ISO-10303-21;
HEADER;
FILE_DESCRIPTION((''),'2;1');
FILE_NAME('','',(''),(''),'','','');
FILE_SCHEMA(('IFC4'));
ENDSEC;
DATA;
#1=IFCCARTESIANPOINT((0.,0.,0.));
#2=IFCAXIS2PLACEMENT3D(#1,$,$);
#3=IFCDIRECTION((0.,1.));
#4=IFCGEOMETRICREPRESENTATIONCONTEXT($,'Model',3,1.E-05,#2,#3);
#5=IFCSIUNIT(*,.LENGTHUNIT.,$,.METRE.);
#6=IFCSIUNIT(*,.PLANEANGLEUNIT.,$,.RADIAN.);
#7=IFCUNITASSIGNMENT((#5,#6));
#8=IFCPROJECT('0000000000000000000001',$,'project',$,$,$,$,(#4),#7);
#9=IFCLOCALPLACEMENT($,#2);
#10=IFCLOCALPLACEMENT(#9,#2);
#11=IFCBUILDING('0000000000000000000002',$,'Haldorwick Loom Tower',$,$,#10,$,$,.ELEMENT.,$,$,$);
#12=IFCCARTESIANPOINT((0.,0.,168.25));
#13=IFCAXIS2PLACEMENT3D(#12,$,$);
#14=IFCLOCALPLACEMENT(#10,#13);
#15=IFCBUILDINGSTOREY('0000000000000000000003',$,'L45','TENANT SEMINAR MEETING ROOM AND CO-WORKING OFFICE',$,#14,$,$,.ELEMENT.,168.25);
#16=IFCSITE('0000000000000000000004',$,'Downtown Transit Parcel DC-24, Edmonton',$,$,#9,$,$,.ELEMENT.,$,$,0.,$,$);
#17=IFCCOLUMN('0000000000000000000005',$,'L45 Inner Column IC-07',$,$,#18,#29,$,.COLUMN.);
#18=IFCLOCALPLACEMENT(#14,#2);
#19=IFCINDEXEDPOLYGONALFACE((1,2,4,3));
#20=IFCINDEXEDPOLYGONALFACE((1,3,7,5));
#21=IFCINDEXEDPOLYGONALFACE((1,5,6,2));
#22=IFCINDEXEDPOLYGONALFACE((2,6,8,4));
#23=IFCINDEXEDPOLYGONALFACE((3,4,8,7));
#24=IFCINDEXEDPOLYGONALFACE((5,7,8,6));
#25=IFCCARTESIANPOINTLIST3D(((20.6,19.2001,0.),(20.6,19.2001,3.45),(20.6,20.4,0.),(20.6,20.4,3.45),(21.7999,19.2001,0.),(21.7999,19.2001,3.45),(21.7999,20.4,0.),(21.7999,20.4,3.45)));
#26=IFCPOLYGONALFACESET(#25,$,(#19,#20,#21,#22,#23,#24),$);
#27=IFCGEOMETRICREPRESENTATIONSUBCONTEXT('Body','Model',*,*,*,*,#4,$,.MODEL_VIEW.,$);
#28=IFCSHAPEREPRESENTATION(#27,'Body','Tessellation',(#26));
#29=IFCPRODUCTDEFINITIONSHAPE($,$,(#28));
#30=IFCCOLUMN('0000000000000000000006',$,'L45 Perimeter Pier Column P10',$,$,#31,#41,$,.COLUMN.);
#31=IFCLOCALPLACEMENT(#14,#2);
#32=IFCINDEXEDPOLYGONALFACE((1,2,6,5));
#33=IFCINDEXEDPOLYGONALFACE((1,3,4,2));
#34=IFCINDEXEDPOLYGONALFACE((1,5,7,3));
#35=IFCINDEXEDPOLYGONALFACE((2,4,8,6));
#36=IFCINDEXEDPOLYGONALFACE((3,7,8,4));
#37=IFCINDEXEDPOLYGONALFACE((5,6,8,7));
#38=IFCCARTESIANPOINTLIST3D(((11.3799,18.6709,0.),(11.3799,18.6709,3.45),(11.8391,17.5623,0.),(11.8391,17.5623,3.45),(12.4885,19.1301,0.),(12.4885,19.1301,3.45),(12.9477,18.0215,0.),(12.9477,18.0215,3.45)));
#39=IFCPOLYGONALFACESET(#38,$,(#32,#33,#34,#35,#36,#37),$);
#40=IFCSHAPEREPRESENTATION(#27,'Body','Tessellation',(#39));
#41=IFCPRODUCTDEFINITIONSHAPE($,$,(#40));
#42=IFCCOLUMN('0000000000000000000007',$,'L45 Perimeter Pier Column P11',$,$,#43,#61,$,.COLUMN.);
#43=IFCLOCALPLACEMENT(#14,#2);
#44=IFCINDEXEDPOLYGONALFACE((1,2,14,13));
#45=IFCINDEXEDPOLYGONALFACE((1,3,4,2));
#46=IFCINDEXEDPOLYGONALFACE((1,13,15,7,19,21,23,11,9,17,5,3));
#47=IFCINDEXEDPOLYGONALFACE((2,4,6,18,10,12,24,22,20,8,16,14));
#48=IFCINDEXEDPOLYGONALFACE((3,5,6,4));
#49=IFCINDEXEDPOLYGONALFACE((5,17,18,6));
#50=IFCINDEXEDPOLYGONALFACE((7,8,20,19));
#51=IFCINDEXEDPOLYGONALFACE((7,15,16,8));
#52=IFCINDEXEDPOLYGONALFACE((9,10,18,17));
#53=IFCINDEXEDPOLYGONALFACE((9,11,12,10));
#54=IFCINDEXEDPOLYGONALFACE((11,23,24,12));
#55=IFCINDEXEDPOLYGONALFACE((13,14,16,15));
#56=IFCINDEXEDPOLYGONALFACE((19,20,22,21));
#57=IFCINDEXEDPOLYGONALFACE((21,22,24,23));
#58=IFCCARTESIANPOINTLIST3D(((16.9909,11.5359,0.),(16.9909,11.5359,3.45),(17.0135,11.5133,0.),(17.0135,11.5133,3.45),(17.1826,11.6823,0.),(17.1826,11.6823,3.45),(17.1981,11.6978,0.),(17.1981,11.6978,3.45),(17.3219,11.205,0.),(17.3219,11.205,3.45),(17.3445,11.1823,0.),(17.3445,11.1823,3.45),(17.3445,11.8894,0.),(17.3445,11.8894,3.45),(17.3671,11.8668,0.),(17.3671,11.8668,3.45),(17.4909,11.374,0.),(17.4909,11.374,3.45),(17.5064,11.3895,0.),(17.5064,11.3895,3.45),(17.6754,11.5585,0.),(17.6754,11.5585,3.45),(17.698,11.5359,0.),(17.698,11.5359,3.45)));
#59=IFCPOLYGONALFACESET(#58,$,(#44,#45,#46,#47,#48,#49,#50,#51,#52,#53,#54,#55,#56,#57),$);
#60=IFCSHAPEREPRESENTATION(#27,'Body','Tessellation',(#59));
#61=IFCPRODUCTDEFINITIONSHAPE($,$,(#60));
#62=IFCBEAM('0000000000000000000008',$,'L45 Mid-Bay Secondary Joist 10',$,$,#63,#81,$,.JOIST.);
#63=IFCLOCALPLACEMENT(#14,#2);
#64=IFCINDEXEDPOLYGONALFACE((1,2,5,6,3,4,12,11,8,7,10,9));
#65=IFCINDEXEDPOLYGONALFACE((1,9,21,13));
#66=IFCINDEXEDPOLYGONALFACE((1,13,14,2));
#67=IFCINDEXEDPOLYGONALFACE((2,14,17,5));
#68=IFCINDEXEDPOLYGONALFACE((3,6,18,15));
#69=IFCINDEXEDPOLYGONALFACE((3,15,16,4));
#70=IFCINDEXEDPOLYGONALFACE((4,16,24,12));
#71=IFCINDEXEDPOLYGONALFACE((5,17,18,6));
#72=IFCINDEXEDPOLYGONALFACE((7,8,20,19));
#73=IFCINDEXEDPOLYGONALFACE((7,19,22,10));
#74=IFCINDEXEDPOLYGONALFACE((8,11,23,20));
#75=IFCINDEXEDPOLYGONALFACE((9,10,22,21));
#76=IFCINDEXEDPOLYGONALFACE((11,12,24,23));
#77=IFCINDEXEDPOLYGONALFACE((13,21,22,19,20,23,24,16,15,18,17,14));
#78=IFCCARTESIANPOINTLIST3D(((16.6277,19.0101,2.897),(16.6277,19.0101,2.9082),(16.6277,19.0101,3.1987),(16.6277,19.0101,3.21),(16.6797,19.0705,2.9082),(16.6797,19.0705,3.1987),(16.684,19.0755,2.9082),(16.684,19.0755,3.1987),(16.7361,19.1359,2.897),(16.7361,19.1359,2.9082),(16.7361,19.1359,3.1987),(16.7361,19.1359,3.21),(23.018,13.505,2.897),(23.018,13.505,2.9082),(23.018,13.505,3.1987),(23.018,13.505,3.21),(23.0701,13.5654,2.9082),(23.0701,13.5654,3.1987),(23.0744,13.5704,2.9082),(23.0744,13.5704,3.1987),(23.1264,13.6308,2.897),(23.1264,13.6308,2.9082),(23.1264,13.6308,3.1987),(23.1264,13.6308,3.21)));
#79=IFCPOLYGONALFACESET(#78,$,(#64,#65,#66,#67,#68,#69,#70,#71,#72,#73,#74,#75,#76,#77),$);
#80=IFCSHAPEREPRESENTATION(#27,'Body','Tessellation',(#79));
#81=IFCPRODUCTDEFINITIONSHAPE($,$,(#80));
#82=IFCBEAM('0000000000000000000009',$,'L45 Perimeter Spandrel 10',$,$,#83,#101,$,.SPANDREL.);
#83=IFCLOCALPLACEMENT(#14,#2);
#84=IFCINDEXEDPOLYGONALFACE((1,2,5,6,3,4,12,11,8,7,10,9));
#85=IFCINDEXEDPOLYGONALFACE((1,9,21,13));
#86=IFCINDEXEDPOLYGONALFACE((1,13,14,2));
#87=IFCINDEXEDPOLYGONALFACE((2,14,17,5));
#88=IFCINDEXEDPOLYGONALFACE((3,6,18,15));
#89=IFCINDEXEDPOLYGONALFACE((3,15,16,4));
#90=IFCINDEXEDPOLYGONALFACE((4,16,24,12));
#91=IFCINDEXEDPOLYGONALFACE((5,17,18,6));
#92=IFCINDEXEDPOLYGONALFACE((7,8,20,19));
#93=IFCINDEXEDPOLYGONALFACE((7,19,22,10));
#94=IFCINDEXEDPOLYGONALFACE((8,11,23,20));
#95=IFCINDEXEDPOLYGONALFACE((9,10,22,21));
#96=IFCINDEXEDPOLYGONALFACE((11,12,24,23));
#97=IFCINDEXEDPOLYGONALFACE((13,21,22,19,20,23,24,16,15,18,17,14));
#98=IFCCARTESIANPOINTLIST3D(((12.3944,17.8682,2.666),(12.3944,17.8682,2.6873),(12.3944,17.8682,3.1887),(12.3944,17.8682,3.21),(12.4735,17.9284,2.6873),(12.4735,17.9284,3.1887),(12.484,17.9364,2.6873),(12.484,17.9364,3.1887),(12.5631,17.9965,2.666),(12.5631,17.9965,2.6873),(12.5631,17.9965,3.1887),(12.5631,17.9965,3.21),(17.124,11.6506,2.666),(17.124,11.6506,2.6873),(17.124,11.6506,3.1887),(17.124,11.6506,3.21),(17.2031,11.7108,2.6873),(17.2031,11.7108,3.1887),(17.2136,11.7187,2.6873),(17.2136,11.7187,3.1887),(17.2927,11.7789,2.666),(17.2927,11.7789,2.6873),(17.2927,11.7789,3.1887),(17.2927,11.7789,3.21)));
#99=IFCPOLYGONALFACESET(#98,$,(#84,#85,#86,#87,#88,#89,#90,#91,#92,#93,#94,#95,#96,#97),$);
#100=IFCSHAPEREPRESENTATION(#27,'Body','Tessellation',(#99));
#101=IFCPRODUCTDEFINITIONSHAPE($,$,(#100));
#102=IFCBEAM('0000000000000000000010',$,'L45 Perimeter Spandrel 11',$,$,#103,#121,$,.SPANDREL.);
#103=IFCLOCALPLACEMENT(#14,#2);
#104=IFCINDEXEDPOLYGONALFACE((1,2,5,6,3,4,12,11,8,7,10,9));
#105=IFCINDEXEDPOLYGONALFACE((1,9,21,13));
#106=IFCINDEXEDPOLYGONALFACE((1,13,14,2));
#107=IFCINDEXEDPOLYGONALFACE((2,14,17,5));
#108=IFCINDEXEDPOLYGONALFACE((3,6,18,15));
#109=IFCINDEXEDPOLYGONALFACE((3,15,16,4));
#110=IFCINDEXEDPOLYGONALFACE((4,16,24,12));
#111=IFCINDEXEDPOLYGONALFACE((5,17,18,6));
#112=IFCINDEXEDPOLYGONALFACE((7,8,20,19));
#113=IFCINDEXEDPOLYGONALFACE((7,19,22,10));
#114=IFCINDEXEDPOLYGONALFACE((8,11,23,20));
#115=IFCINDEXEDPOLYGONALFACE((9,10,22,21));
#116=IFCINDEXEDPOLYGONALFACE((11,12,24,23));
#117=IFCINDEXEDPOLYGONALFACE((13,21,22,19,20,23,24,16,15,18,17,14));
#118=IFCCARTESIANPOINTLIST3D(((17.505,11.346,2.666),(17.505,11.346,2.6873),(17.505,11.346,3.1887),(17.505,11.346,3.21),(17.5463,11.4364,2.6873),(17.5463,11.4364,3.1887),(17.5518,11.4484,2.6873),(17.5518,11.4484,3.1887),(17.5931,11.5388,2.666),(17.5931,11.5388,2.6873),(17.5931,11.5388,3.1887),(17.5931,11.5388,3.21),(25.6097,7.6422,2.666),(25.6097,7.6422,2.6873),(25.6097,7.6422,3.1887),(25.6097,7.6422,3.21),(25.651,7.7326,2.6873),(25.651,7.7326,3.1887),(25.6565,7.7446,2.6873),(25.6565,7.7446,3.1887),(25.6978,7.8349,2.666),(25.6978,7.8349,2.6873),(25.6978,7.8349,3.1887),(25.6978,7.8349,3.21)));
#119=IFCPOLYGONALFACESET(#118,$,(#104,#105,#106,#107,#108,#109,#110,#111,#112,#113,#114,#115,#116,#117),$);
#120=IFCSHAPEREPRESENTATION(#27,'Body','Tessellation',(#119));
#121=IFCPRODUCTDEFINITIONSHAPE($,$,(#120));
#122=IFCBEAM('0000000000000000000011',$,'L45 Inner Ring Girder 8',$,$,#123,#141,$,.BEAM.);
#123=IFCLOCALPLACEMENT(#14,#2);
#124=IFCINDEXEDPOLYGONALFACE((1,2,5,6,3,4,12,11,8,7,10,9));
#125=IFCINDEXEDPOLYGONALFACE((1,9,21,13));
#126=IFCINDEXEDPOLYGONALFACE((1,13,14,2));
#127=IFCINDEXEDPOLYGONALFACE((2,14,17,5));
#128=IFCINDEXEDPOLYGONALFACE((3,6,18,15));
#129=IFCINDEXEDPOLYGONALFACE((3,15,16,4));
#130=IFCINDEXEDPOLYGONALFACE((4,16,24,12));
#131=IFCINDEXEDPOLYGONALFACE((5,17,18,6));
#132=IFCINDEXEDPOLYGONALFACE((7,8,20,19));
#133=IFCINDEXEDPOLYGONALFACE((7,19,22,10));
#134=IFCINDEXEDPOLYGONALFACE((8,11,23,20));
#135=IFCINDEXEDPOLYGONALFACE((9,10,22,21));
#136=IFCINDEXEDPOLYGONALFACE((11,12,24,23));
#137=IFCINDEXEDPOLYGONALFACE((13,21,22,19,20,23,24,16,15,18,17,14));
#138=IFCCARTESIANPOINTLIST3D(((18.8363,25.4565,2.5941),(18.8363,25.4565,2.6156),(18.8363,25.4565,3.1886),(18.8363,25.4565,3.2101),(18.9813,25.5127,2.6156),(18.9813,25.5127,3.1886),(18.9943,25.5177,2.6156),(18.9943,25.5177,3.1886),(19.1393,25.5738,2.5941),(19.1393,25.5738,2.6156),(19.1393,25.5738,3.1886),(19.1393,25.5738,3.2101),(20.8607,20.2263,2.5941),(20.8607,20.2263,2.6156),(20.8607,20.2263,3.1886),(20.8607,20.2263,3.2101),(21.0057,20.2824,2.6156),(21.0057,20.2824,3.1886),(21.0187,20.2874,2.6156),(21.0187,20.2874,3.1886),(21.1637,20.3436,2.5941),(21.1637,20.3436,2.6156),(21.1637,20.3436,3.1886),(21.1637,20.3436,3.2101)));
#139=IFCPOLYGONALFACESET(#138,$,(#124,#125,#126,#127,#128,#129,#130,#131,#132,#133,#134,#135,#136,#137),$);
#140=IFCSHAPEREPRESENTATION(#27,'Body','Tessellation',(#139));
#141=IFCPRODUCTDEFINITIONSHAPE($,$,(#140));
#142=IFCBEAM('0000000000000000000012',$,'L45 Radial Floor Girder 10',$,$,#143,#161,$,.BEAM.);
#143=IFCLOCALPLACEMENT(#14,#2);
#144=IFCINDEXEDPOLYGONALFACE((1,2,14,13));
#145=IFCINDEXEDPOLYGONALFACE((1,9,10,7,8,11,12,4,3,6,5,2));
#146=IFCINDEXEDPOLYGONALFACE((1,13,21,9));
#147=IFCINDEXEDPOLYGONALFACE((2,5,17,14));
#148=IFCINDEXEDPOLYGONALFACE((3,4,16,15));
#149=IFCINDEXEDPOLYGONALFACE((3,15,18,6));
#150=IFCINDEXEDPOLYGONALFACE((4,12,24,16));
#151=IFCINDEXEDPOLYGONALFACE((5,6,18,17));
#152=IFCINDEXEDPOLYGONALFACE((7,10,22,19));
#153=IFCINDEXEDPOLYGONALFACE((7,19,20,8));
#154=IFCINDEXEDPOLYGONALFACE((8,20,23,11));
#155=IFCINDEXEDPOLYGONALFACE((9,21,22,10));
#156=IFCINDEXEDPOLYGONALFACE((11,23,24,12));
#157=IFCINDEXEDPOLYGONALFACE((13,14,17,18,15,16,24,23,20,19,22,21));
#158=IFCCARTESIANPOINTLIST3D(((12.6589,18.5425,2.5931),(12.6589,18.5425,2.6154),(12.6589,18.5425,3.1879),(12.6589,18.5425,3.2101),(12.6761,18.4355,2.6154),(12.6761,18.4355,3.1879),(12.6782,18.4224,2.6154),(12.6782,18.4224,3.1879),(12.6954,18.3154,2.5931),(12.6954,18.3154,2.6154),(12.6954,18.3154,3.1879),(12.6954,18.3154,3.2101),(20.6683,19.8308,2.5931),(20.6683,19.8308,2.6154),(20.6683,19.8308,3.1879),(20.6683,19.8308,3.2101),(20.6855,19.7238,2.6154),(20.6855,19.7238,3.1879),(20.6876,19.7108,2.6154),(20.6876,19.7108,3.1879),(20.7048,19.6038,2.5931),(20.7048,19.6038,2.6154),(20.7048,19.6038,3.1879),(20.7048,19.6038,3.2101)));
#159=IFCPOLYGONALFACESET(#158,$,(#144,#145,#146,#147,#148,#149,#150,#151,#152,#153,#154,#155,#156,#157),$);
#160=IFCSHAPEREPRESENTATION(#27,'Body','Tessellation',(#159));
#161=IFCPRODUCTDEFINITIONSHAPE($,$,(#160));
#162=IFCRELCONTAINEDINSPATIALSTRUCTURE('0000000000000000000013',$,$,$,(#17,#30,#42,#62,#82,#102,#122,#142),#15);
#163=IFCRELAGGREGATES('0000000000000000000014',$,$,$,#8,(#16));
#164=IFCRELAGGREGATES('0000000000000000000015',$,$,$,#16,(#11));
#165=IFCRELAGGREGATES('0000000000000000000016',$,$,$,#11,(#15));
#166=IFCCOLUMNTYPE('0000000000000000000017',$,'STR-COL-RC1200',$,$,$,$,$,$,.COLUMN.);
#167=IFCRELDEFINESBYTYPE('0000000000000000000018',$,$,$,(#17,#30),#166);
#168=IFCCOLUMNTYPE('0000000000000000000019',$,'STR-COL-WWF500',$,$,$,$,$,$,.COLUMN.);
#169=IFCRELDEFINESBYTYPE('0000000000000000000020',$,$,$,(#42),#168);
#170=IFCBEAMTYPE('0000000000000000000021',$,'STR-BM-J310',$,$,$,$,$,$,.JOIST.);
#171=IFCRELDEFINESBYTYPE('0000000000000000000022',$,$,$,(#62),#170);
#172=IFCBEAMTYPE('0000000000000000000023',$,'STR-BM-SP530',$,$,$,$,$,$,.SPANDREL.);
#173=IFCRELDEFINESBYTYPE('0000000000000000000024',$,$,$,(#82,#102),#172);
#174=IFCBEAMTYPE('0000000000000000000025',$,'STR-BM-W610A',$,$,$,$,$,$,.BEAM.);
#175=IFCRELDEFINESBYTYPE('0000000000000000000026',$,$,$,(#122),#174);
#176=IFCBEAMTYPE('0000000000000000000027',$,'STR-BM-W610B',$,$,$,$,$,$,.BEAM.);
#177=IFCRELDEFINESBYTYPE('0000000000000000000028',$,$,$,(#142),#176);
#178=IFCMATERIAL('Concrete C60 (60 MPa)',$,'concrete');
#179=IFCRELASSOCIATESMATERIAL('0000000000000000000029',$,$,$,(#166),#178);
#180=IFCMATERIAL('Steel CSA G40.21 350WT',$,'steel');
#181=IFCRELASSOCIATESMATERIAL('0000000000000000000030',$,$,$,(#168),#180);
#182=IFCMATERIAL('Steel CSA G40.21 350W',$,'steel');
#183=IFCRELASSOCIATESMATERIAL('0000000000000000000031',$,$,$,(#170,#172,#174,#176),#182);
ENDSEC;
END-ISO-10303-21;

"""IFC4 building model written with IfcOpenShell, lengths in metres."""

from ifc_helpers import new_model, si_unit, direction, frame, origin, origin_2d, place, context, subcontext, project, spatial, rectangle, i_section, extrude, material, material_profile, profile_set, type_object, element, save


model = new_model("IFC4")

# Units and contexts
model_context = context("Model", 3, precision=1e-05, world=origin(), true_north=direction((0.0, 1.0)))
body_context = subcontext(model_context, "Body", "Model", "MODEL_VIEW")
ifc_project = project(units=[si_unit("LENGTHUNIT", "METRE"), si_unit("PLANEANGLEUNIT", "RADIAN")], contexts=[model_context])

# Site, building, storey
site_placement = place(None, origin())
site = spatial("IfcSite", under=ifc_project, at=site_placement, Name="Downtown Transit Parcel DC-24, Edmonton", CompositionType="ELEMENT", RefElevation=0.0)
building_placement = place(site_placement, origin())
building = spatial("IfcBuilding", under=site, at=building_placement, Name="Haldorwick Loom Tower", CompositionType="ELEMENT")
storey_placement = place(building_placement, frame((0.0, 0.0, 168.25)))
storey = spatial("IfcBuildingStorey", under=building, at=storey_placement, Name="L45", Description="TENANT SEMINAR MEETING ROOM AND CO-WORKING OFFICE", CompositionType="ELEMENT", Elevation=168.25)

# Columns
ifc_material_1 = material(Name="Concrete C60 (60 MPa)", Category="concrete")
ifc_material_profile_1 = material_profile(ifc_material_1, rectangle(XDim=1.2, YDim=1.2, at=origin_2d()), Name="RC1200X1200", Category="concrete")
ifc_profile_set_1 = profile_set([ifc_material_profile_1], Name="Concrete C60 (60 MPa)")
column_type_1 = type_object("IfcColumnType", Name="STR-COL-RC1200", PredefinedType="COLUMN", material=ifc_profile_set_1)
for number, where, z_axis, x_axis, name in (
    (1, (21.2, 19.8, 0.0), (0.0, 0.0, 1.0), (1.0, 0.0, 0.0), "L45 Inner Column IC-07"),
    (2, (12.1638, 18.3462, 0.0), (0.0, 0.0, 1.0), (-0.92388, -0.382683, 0.0), "L45 Perimeter Pier Column P10"),
):
    element("IfcColumn", number, at=place(storey_placement, frame(where, z_axis=z_axis, x_axis=x_axis)), inside=storey, type_object=column_type_1, Name=name, PredefinedType="COLUMN", context=body_context, shape_type="SweptSolid", body=[
        extrude(rectangle(XDim=1.2, YDim=1.2, at=origin_2d()), origin(), (0.0, 0.0, 1.0), 3.45),
    ])
ifc_material_2 = material(Name="Steel CSA G40.21 350WT", Category="steel")
ifc_material_profile_2 = material_profile(ifc_material_2, i_section(OverallWidth=0.5, OverallDepth=0.5, WebThickness=0.022, FlangeThickness=0.032, at=origin_2d()), Name="WWF500X500", Category="steel")
ifc_profile_set_2 = profile_set([ifc_material_profile_2], Name="Steel CSA G40.21 350WT")
column_type_2 = type_object("IfcColumnType", Name="STR-COL-WWF500", PredefinedType="COLUMN", material=ifc_profile_set_2)
column_placement = place(storey_placement, frame((17.3445, 11.5359, 0.0), z_axis=(0.0, 0.0, 1.0), x_axis=(-0.707107, -0.707107, 0.0)))
element("IfcColumn", 3, at=column_placement, inside=storey, type_object=column_type_2, Name="L45 Perimeter Pier Column P11", PredefinedType="COLUMN", context=body_context, shape_type="SweptSolid", body=[
    extrude(i_section(OverallWidth=0.5, OverallDepth=0.5, WebThickness=0.022, FlangeThickness=0.032, at=origin_2d()), origin(), (0.0, 0.0, 1.0), 3.45),
])

# Beams
ifc_material_3 = material(Name="Steel CSA G40.21 350W", Category="steel")
ifc_material_profile_3 = material_profile(ifc_material_3, i_section(OverallWidth=0.166, OverallDepth=0.313, WebThickness=0.0066, FlangeThickness=0.0112, at=origin_2d()), Name="W310X45", Category="steel")
ifc_profile_set_3 = profile_set([ifc_material_profile_3], Name="Steel CSA G40.21 350W")
beam_type_1 = type_object("IfcBeamType", Name="STR-BM-J310", PredefinedType="JOIST", material=ifc_profile_set_3)
beam_1_placement = place(storey_placement, frame((16.6819, 19.073, 3.0535), z_axis=(0.757634, -0.65268, 0.0), x_axis=(0.65268, 0.757634, 0.0)))
element("IfcBeam", 4, at=beam_1_placement, inside=storey, type_object=beam_type_1, Name="L45 Mid-Bay Secondary Joist 10", PredefinedType="JOIST", context=body_context, shape_type="SweptSolid", body=[
    extrude(i_section(OverallWidth=0.166, OverallDepth=0.313, WebThickness=0.0066, FlangeThickness=0.0112, at=origin_2d()), origin(), (0.0, 0.0, 1.0), 8.4346),
])
ifc_material_profile_4 = material_profile(ifc_material_3, i_section(OverallWidth=0.2119, OverallDepth=0.5439, WebThickness=0.0132, FlangeThickness=0.0212, at=origin_2d()), Name="W530X123", Category="steel")
ifc_profile_set_4 = profile_set([ifc_material_profile_4], Name="Steel CSA G40.21 350W")
beam_type_2 = type_object("IfcBeamType", Name="STR-BM-SP530", PredefinedType="SPANDREL", material=ifc_profile_set_4)
beam_2_placement = place(storey_placement, frame((12.4788, 17.9324, 2.938), z_axis=(0.605422, -0.795905, 0.0), x_axis=(0.795905, 0.605422, 0.0)))
element("IfcBeam", 5, at=beam_2_placement, inside=storey, type_object=beam_type_2, Name="L45 Perimeter Spandrel 10", PredefinedType="SPANDREL", context=body_context, shape_type="SweptSolid", body=[
    extrude(i_section(OverallWidth=0.2119, OverallDepth=0.5439, WebThickness=0.0132, FlangeThickness=0.0212, at=origin_2d()), origin(), (0.0, 0.0, 1.0), 7.812),
])
beam_3_placement = place(storey_placement, frame((17.5491, 11.4424, 2.938), z_axis=(0.909524, -0.415652, 0.0), x_axis=(0.415652, 0.909524, 0.0)))
element("IfcBeam", 6, at=beam_3_placement, inside=storey, type_object=beam_type_2, Name="L45 Perimeter Spandrel 11", PredefinedType="SPANDREL", context=body_context, shape_type="SweptSolid", body=[
    extrude(i_section(OverallWidth=0.2119, OverallDepth=0.5439, WebThickness=0.0132, FlangeThickness=0.0212, at=origin_2d()), origin(), (0.0, 0.0, 1.0), 8.9109),
])
ifc_material_profile_5 = material_profile(ifc_material_3, i_section(OverallWidth=0.325, OverallDepth=0.616, WebThickness=0.0139, FlangeThickness=0.0215, at=origin_2d()), Name="W610X174", Category="steel")
ifc_profile_set_5 = profile_set([ifc_material_profile_5], Name="Steel CSA G40.21 350W")
beam_type_3 = type_object("IfcBeamType", Name="STR-BM-W610A", PredefinedType="BEAM", material=ifc_profile_set_5)
beam_4_placement = place(storey_placement, frame((21.0122, 20.2849, 2.9021), z_axis=(-0.360965, 0.932579, 0.0), x_axis=(-0.932579, -0.360965, 0.0)))
element("IfcBeam", 7, at=beam_4_placement, inside=storey, type_object=beam_type_3, Name="L45 Inner Ring Girder 8", PredefinedType="BEAM", context=body_context, shape_type="SweptSolid", body=[
    extrude(i_section(OverallWidth=0.325, OverallDepth=0.616, WebThickness=0.0139, FlangeThickness=0.0215, at=origin_2d()), origin(), (0.0, 0.0, 1.0), 5.6084),
])
ifc_material_profile_6 = material_profile(ifc_material_3, i_section(OverallWidth=0.23, OverallDepth=0.6169, WebThickness=0.0132, FlangeThickness=0.0222, at=origin_2d()), Name="W610X140", Category="steel")
ifc_profile_set_6 = profile_set([ifc_material_profile_6], Name="Steel CSA G40.21 350W")
beam_type_4 = type_object("IfcBeamType", Name="STR-BM-W610B", PredefinedType="BEAM", material=ifc_profile_set_6)
beam_5_placement = place(storey_placement, frame((20.6865, 19.7173, 2.9016), z_axis=(-0.987309, -0.158813, 0.0), x_axis=(0.158813, -0.987309, 0.0)))
element("IfcBeam", 8, at=beam_5_placement, inside=storey, type_object=beam_type_4, Name="L45 Radial Floor Girder 10", PredefinedType="BEAM", context=body_context, shape_type="SweptSolid", body=[
    extrude(i_section(OverallWidth=0.23, OverallDepth=0.6169, WebThickness=0.0132, FlangeThickness=0.0222, at=origin_2d()), origin(), (0.0, 0.0, 1.0), 8.1123),
])

save(model, "model.ifc")
